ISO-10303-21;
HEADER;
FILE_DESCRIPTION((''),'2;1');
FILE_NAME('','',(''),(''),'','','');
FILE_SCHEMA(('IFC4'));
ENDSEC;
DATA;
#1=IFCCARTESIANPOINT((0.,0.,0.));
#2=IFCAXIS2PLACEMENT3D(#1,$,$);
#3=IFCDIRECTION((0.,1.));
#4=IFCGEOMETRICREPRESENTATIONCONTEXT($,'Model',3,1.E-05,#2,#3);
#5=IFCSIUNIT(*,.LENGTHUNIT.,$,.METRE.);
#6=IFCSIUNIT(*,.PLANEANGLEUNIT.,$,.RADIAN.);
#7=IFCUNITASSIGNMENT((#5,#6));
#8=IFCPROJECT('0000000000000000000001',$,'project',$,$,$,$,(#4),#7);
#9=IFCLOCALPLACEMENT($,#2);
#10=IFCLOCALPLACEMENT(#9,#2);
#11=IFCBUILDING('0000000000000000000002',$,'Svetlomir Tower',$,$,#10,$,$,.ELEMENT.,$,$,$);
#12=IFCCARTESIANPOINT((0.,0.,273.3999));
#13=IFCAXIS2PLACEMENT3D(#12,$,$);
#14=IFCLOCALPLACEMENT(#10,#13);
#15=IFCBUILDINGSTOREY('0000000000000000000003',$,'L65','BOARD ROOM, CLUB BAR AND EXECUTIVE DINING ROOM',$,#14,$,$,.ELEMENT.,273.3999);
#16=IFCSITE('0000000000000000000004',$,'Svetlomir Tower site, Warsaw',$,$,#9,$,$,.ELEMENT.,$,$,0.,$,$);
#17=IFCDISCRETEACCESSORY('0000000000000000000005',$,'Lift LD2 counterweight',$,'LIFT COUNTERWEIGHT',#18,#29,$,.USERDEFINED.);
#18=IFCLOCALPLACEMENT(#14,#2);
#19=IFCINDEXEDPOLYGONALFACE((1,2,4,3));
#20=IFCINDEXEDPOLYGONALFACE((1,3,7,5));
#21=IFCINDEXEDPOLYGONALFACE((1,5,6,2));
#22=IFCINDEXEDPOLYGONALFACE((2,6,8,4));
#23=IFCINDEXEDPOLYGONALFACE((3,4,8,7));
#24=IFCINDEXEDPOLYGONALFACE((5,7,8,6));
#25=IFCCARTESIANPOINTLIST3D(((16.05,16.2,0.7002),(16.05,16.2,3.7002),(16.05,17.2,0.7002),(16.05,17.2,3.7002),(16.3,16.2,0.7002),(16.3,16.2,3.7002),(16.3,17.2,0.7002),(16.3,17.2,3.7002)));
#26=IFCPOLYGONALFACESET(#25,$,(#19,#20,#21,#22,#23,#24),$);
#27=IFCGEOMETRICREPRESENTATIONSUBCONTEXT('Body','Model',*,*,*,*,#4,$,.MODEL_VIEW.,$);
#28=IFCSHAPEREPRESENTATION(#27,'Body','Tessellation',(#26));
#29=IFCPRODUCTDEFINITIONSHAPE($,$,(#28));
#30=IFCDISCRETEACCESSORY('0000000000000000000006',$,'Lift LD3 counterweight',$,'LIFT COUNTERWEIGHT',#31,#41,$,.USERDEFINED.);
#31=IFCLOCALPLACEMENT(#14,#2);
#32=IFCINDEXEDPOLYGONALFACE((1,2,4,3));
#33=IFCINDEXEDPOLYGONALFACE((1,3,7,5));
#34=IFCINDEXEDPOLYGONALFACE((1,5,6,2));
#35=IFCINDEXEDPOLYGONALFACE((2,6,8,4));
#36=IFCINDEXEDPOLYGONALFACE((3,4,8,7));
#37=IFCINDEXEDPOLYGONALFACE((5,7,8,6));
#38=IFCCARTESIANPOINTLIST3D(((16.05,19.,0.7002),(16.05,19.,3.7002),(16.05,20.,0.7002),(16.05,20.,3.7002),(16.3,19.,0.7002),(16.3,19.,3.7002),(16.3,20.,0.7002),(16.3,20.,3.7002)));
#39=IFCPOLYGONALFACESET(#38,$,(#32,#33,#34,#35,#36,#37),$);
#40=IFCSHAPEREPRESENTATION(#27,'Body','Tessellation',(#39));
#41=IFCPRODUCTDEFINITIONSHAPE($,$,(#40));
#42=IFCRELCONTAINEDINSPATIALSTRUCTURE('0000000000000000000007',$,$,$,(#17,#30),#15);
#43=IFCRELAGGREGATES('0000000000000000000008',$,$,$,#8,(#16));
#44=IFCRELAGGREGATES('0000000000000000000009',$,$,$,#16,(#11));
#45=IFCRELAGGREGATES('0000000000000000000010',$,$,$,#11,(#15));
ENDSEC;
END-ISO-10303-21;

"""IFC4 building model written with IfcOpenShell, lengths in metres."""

from ifc_helpers import new_model, si_unit, direction, frame, origin, origin_2d, place, context, subcontext, project, spatial, rectangle, extrude, element, save


model = new_model("IFC4")

# Units and contexts
model_context = context("Model", 3, precision=1e-05, world=origin(), true_north=direction((0.0, 1.0)))
body_context = subcontext(model_context, "Body", "Model", "MODEL_VIEW")
ifc_project = project(units=[si_unit("LENGTHUNIT", "METRE"), si_unit("PLANEANGLEUNIT", "RADIAN")], contexts=[model_context])

# Site, building, storey
site_placement = place(None, origin())
site = spatial("IfcSite", under=ifc_project, at=site_placement, Name="Svetlomir Tower site, Warsaw", CompositionType="ELEMENT", RefElevation=0.0)
building_placement = place(site_placement, origin())
building = spatial("IfcBuilding", under=site, at=building_placement, Name="Svetlomir Tower", CompositionType="ELEMENT")
storey_placement = place(building_placement, frame((0.0, 0.0, 273.3999)))
storey = spatial("IfcBuildingStorey", under=building, at=storey_placement, Name="L65", Description="BOARD ROOM, CLUB BAR AND EXECUTIVE DINING ROOM", CompositionType="ELEMENT", Elevation=273.3999)

# Discrete accessories
for number, where, z_axis, x_axis, name in (
    (1, (16.175, 16.7, 0.7002), (0.0, 0.0, 1.0), (1.0, 0.0, 0.0), "Lift LD2 counterweight"),
    (2, (16.175, 19.5, 0.7002), (0.0, 0.0, 1.0), (1.0, 0.0, 0.0), "Lift LD3 counterweight"),
):
    element("IfcDiscreteAccessory", number, at=place(storey_placement, frame(where, z_axis=z_axis, x_axis=x_axis)), inside=storey, Name=name, ObjectType="LIFT COUNTERWEIGHT", PredefinedType="USERDEFINED", context=body_context, shape_type="SweptSolid", body=[
        extrude(rectangle(XDim=0.25, YDim=1.0, at=origin_2d()), origin(), (0.0, 0.0, 1.0), 3.0),
    ])

save(model, "model.ifc")
